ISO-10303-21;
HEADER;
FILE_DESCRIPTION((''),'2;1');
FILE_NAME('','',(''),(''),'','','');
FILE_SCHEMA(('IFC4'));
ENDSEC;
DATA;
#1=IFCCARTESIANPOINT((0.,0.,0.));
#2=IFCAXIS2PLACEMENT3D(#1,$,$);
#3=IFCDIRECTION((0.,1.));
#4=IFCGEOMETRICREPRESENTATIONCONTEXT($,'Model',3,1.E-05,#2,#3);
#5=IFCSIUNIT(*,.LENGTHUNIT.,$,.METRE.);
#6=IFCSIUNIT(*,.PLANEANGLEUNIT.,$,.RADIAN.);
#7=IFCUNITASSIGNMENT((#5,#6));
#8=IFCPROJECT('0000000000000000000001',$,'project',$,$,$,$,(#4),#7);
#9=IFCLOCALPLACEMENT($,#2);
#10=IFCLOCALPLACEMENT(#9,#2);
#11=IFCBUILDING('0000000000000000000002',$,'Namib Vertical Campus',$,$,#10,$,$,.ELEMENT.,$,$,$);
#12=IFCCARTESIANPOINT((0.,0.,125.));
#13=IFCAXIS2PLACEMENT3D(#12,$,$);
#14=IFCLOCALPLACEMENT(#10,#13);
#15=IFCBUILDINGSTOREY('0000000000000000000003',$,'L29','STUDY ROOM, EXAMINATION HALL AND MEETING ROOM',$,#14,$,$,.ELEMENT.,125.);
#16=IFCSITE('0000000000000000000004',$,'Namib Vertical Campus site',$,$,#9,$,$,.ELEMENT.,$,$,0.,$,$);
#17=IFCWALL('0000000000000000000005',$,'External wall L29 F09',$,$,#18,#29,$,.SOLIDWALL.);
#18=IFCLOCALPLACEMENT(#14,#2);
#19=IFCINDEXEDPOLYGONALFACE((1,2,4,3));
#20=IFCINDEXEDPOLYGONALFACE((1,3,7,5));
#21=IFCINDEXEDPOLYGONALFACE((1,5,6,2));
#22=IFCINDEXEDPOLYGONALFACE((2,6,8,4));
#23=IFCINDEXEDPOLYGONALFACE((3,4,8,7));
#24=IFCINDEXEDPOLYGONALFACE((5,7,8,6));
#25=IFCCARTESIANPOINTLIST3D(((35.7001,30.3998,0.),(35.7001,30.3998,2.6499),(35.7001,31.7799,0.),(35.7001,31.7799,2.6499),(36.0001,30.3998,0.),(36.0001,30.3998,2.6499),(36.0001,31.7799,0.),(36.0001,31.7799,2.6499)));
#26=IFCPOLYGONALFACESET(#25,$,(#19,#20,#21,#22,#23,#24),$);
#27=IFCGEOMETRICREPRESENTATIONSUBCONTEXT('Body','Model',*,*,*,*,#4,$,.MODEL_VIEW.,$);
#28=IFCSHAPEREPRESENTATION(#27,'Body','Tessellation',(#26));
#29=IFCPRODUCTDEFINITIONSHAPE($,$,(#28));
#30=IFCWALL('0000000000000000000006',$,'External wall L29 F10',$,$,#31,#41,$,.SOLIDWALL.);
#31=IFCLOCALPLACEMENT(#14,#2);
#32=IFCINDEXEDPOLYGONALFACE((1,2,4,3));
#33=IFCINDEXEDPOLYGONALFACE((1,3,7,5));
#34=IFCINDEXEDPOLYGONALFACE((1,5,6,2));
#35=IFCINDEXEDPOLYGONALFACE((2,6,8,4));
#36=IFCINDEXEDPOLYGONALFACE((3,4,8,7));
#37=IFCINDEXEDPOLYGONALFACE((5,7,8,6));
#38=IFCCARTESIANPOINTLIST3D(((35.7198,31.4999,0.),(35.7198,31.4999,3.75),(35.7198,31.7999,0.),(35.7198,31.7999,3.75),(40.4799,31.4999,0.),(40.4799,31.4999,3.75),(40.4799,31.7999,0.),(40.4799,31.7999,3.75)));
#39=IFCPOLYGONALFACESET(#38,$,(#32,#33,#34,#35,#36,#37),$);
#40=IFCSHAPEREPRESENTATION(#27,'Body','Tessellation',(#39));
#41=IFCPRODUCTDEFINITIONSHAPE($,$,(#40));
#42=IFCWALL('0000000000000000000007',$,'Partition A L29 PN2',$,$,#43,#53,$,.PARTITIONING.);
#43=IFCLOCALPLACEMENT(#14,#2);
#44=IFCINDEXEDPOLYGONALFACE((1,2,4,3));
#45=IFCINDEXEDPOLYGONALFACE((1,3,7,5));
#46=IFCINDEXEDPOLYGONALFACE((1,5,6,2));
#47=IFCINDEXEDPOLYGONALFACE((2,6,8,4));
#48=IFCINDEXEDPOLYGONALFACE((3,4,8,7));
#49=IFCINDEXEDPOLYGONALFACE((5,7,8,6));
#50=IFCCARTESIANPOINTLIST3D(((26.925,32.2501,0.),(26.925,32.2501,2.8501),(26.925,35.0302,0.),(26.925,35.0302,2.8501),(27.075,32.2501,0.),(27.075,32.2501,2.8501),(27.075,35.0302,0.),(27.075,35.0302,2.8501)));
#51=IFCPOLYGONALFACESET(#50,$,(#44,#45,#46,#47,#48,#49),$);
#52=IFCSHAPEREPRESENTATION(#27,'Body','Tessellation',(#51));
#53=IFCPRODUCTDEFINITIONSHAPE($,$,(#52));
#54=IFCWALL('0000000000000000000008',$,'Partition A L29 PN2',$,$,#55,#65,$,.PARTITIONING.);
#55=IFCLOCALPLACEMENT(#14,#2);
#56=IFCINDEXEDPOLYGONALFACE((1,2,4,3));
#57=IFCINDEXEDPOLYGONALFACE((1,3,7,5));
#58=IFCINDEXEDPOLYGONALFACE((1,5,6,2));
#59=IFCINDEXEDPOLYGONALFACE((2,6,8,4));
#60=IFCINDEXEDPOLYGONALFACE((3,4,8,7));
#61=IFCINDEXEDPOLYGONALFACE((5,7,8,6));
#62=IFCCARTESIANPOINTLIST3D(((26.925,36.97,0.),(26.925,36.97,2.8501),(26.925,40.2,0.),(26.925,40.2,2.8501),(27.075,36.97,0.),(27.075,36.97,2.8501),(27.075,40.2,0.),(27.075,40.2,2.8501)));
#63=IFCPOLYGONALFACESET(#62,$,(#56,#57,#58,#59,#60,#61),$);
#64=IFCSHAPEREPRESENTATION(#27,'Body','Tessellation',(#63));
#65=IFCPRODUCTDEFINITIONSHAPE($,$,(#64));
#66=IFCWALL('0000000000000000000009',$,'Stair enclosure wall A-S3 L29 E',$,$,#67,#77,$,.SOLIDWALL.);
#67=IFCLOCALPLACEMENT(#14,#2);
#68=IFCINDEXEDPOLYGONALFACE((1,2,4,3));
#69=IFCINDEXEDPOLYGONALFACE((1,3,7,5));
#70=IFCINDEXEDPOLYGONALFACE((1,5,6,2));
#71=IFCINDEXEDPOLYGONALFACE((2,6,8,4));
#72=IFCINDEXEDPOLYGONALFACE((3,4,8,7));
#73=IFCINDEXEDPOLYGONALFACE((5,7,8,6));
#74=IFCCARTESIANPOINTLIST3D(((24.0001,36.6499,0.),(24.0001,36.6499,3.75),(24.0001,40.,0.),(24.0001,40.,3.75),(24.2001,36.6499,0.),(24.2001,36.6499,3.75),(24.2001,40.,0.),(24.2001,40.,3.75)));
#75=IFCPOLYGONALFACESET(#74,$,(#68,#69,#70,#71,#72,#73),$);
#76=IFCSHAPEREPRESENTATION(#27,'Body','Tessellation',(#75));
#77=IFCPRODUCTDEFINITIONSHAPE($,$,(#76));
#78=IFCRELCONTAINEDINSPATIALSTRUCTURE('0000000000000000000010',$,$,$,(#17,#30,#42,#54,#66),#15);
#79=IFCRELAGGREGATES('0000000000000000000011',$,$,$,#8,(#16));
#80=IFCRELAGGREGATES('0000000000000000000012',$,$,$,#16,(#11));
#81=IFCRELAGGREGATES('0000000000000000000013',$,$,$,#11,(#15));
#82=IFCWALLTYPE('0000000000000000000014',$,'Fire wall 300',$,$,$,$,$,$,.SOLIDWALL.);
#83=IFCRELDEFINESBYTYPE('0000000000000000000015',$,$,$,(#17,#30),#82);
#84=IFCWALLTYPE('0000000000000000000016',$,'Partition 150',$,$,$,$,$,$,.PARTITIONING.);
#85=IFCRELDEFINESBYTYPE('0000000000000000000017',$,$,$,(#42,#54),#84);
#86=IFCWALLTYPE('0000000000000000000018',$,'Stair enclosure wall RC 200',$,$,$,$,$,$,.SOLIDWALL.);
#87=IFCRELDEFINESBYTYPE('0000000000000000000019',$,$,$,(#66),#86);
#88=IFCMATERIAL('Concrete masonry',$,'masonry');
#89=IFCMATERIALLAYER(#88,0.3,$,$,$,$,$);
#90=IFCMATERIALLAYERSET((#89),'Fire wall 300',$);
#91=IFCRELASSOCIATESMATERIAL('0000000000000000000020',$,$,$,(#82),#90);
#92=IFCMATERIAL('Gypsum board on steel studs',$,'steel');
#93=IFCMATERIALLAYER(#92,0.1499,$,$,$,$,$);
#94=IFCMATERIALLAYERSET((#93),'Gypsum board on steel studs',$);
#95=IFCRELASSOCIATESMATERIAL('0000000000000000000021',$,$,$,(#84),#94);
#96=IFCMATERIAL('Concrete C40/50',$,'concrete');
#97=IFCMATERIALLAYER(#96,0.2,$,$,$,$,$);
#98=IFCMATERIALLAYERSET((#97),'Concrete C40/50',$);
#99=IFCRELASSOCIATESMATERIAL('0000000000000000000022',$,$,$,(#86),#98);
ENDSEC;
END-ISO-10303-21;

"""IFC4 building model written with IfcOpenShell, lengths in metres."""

from ifc_helpers import new_model, si_unit, direction, frame, frame_2d, origin, place, context, subcontext, project, spatial, rectangle, extrude, material, layer, layer_set, type_object, element, save


model = new_model("IFC4")

# Units and contexts
model_context = context("Model", 3, precision=1e-05, world=origin(), true_north=direction((0.0, 1.0)))
body_context = subcontext(model_context, "Body", "Model", "MODEL_VIEW")
ifc_project = project(units=[si_unit("LENGTHUNIT", "METRE"), si_unit("PLANEANGLEUNIT", "RADIAN")], contexts=[model_context])

# Site, building, storey
site_placement = place(None, origin())
site = spatial("IfcSite", under=ifc_project, at=site_placement, Name="Namib Vertical Campus site", CompositionType="ELEMENT", RefElevation=0.0)
building_placement = place(site_placement, origin())
building = spatial("IfcBuilding", under=site, at=building_placement, Name="Namib Vertical Campus", CompositionType="ELEMENT")
storey_placement = place(building_placement, frame((0.0, 0.0, 125.0)))
storey = spatial("IfcBuildingStorey", under=building, at=storey_placement, Name="L29", Description="STUDY ROOM, EXAMINATION HALL AND MEETING ROOM", CompositionType="ELEMENT", Elevation=125.0)

# Walls
ifc_material_1 = material(Name="Concrete masonry", Category="masonry")
ifc_layer_1 = layer(ifc_material_1, 0.3)
ifc_layer_set_1 = layer_set([ifc_layer_1], Name="Fire wall 300")
wall_type_1 = type_object("IfcWallType", Name="Fire wall 300", PredefinedType="SOLIDWALL", material=ifc_layer_set_1)
wall_1_placement = place(storey_placement, frame((35.8501, 30.3999, 0.0), z_axis=(0.0, 0.0, 1.0), x_axis=(0.0, 1.0, 0.0)))
element("IfcWall", 1, at=wall_1_placement, inside=storey, type_object=wall_type_1, Name="External wall L29 F09", PredefinedType="SOLIDWALL", context=body_context, shape_type="SweptSolid", body=[
    extrude(rectangle(XDim=1.3801, YDim=0.3, at=frame_2d((0.6899, 0.0))), origin(), (0.0, 0.0, 1.0), 2.6499),
])
wall_2_placement = place(storey_placement, frame((35.72, 31.6499, 0.0), z_axis=(0.0, 0.0, 1.0), x_axis=(1.0, 0.0, 0.0)))
element("IfcWall", 2, at=wall_2_placement, inside=storey, type_object=wall_type_1, Name="External wall L29 F10", PredefinedType="SOLIDWALL", context=body_context, shape_type="SweptSolid", body=[
    extrude(rectangle(XDim=4.76, YDim=0.3, at=frame_2d((2.3799, 0.0))), origin(), (0.0, 0.0, 1.0), 3.75),
])
ifc_material_2 = material(Name="Gypsum board on steel studs", Category="steel")
ifc_layer_2 = layer(ifc_material_2, 0.1499)
ifc_layer_set_2 = layer_set([ifc_layer_2], Name="Gypsum board on steel studs")
wall_type_2 = type_object("IfcWallType", Name="Partition 150", PredefinedType="PARTITIONING", material=ifc_layer_set_2)
wall_3_placement = place(storey_placement, frame((27.0, 32.25, 0.0), z_axis=(0.0, 0.0, 1.0), x_axis=(0.0, 1.0, 0.0)))
element("IfcWall", 3, at=wall_3_placement, inside=storey, type_object=wall_type_2, Name="Partition A L29 PN2", PredefinedType="PARTITIONING", context=body_context, shape_type="SweptSolid", body=[
    extrude(rectangle(XDim=2.78, YDim=0.1499, at=frame_2d((1.3901, 0.0))), origin(), (0.0, 0.0, 1.0), 2.8501),
])
wall_4_placement = place(storey_placement, frame((27.0, 36.97, 0.0), z_axis=(0.0, 0.0, 1.0), x_axis=(0.0, 1.0, 0.0)))
element("IfcWall", 4, at=wall_4_placement, inside=storey, type_object=wall_type_2, Name="Partition A L29 PN2", PredefinedType="PARTITIONING", context=body_context, shape_type="SweptSolid", body=[
    extrude(rectangle(XDim=3.23, YDim=0.1499, at=frame_2d((1.615, 0.0))), origin(), (0.0, 0.0, 1.0), 2.8501),
])
ifc_material_3 = material(Name="Concrete C40/50", Category="concrete")
ifc_layer_3 = layer(ifc_material_3, 0.2)
ifc_layer_set_3 = layer_set([ifc_layer_3], Name="Concrete C40/50")
wall_type_3 = type_object("IfcWallType", Name="Stair enclosure wall RC 200", PredefinedType="SOLIDWALL", material=ifc_layer_set_3)
wall_5_placement = place(storey_placement, frame((24.1001, 36.6499, 0.0), z_axis=(0.0, 0.0, 1.0), x_axis=(0.0, 1.0, 0.0)))
element("IfcWall", 5, at=wall_5_placement, inside=storey, type_object=wall_type_3, Name="Stair enclosure wall A-S3 L29 E", PredefinedType="SOLIDWALL", context=body_context, shape_type="SweptSolid", body=[
    extrude(rectangle(XDim=3.3501, YDim=0.2, at=frame_2d((1.675, 0.0))), origin(), (0.0, 0.0, 1.0), 3.75),
])

save(model, "model.ifc")
